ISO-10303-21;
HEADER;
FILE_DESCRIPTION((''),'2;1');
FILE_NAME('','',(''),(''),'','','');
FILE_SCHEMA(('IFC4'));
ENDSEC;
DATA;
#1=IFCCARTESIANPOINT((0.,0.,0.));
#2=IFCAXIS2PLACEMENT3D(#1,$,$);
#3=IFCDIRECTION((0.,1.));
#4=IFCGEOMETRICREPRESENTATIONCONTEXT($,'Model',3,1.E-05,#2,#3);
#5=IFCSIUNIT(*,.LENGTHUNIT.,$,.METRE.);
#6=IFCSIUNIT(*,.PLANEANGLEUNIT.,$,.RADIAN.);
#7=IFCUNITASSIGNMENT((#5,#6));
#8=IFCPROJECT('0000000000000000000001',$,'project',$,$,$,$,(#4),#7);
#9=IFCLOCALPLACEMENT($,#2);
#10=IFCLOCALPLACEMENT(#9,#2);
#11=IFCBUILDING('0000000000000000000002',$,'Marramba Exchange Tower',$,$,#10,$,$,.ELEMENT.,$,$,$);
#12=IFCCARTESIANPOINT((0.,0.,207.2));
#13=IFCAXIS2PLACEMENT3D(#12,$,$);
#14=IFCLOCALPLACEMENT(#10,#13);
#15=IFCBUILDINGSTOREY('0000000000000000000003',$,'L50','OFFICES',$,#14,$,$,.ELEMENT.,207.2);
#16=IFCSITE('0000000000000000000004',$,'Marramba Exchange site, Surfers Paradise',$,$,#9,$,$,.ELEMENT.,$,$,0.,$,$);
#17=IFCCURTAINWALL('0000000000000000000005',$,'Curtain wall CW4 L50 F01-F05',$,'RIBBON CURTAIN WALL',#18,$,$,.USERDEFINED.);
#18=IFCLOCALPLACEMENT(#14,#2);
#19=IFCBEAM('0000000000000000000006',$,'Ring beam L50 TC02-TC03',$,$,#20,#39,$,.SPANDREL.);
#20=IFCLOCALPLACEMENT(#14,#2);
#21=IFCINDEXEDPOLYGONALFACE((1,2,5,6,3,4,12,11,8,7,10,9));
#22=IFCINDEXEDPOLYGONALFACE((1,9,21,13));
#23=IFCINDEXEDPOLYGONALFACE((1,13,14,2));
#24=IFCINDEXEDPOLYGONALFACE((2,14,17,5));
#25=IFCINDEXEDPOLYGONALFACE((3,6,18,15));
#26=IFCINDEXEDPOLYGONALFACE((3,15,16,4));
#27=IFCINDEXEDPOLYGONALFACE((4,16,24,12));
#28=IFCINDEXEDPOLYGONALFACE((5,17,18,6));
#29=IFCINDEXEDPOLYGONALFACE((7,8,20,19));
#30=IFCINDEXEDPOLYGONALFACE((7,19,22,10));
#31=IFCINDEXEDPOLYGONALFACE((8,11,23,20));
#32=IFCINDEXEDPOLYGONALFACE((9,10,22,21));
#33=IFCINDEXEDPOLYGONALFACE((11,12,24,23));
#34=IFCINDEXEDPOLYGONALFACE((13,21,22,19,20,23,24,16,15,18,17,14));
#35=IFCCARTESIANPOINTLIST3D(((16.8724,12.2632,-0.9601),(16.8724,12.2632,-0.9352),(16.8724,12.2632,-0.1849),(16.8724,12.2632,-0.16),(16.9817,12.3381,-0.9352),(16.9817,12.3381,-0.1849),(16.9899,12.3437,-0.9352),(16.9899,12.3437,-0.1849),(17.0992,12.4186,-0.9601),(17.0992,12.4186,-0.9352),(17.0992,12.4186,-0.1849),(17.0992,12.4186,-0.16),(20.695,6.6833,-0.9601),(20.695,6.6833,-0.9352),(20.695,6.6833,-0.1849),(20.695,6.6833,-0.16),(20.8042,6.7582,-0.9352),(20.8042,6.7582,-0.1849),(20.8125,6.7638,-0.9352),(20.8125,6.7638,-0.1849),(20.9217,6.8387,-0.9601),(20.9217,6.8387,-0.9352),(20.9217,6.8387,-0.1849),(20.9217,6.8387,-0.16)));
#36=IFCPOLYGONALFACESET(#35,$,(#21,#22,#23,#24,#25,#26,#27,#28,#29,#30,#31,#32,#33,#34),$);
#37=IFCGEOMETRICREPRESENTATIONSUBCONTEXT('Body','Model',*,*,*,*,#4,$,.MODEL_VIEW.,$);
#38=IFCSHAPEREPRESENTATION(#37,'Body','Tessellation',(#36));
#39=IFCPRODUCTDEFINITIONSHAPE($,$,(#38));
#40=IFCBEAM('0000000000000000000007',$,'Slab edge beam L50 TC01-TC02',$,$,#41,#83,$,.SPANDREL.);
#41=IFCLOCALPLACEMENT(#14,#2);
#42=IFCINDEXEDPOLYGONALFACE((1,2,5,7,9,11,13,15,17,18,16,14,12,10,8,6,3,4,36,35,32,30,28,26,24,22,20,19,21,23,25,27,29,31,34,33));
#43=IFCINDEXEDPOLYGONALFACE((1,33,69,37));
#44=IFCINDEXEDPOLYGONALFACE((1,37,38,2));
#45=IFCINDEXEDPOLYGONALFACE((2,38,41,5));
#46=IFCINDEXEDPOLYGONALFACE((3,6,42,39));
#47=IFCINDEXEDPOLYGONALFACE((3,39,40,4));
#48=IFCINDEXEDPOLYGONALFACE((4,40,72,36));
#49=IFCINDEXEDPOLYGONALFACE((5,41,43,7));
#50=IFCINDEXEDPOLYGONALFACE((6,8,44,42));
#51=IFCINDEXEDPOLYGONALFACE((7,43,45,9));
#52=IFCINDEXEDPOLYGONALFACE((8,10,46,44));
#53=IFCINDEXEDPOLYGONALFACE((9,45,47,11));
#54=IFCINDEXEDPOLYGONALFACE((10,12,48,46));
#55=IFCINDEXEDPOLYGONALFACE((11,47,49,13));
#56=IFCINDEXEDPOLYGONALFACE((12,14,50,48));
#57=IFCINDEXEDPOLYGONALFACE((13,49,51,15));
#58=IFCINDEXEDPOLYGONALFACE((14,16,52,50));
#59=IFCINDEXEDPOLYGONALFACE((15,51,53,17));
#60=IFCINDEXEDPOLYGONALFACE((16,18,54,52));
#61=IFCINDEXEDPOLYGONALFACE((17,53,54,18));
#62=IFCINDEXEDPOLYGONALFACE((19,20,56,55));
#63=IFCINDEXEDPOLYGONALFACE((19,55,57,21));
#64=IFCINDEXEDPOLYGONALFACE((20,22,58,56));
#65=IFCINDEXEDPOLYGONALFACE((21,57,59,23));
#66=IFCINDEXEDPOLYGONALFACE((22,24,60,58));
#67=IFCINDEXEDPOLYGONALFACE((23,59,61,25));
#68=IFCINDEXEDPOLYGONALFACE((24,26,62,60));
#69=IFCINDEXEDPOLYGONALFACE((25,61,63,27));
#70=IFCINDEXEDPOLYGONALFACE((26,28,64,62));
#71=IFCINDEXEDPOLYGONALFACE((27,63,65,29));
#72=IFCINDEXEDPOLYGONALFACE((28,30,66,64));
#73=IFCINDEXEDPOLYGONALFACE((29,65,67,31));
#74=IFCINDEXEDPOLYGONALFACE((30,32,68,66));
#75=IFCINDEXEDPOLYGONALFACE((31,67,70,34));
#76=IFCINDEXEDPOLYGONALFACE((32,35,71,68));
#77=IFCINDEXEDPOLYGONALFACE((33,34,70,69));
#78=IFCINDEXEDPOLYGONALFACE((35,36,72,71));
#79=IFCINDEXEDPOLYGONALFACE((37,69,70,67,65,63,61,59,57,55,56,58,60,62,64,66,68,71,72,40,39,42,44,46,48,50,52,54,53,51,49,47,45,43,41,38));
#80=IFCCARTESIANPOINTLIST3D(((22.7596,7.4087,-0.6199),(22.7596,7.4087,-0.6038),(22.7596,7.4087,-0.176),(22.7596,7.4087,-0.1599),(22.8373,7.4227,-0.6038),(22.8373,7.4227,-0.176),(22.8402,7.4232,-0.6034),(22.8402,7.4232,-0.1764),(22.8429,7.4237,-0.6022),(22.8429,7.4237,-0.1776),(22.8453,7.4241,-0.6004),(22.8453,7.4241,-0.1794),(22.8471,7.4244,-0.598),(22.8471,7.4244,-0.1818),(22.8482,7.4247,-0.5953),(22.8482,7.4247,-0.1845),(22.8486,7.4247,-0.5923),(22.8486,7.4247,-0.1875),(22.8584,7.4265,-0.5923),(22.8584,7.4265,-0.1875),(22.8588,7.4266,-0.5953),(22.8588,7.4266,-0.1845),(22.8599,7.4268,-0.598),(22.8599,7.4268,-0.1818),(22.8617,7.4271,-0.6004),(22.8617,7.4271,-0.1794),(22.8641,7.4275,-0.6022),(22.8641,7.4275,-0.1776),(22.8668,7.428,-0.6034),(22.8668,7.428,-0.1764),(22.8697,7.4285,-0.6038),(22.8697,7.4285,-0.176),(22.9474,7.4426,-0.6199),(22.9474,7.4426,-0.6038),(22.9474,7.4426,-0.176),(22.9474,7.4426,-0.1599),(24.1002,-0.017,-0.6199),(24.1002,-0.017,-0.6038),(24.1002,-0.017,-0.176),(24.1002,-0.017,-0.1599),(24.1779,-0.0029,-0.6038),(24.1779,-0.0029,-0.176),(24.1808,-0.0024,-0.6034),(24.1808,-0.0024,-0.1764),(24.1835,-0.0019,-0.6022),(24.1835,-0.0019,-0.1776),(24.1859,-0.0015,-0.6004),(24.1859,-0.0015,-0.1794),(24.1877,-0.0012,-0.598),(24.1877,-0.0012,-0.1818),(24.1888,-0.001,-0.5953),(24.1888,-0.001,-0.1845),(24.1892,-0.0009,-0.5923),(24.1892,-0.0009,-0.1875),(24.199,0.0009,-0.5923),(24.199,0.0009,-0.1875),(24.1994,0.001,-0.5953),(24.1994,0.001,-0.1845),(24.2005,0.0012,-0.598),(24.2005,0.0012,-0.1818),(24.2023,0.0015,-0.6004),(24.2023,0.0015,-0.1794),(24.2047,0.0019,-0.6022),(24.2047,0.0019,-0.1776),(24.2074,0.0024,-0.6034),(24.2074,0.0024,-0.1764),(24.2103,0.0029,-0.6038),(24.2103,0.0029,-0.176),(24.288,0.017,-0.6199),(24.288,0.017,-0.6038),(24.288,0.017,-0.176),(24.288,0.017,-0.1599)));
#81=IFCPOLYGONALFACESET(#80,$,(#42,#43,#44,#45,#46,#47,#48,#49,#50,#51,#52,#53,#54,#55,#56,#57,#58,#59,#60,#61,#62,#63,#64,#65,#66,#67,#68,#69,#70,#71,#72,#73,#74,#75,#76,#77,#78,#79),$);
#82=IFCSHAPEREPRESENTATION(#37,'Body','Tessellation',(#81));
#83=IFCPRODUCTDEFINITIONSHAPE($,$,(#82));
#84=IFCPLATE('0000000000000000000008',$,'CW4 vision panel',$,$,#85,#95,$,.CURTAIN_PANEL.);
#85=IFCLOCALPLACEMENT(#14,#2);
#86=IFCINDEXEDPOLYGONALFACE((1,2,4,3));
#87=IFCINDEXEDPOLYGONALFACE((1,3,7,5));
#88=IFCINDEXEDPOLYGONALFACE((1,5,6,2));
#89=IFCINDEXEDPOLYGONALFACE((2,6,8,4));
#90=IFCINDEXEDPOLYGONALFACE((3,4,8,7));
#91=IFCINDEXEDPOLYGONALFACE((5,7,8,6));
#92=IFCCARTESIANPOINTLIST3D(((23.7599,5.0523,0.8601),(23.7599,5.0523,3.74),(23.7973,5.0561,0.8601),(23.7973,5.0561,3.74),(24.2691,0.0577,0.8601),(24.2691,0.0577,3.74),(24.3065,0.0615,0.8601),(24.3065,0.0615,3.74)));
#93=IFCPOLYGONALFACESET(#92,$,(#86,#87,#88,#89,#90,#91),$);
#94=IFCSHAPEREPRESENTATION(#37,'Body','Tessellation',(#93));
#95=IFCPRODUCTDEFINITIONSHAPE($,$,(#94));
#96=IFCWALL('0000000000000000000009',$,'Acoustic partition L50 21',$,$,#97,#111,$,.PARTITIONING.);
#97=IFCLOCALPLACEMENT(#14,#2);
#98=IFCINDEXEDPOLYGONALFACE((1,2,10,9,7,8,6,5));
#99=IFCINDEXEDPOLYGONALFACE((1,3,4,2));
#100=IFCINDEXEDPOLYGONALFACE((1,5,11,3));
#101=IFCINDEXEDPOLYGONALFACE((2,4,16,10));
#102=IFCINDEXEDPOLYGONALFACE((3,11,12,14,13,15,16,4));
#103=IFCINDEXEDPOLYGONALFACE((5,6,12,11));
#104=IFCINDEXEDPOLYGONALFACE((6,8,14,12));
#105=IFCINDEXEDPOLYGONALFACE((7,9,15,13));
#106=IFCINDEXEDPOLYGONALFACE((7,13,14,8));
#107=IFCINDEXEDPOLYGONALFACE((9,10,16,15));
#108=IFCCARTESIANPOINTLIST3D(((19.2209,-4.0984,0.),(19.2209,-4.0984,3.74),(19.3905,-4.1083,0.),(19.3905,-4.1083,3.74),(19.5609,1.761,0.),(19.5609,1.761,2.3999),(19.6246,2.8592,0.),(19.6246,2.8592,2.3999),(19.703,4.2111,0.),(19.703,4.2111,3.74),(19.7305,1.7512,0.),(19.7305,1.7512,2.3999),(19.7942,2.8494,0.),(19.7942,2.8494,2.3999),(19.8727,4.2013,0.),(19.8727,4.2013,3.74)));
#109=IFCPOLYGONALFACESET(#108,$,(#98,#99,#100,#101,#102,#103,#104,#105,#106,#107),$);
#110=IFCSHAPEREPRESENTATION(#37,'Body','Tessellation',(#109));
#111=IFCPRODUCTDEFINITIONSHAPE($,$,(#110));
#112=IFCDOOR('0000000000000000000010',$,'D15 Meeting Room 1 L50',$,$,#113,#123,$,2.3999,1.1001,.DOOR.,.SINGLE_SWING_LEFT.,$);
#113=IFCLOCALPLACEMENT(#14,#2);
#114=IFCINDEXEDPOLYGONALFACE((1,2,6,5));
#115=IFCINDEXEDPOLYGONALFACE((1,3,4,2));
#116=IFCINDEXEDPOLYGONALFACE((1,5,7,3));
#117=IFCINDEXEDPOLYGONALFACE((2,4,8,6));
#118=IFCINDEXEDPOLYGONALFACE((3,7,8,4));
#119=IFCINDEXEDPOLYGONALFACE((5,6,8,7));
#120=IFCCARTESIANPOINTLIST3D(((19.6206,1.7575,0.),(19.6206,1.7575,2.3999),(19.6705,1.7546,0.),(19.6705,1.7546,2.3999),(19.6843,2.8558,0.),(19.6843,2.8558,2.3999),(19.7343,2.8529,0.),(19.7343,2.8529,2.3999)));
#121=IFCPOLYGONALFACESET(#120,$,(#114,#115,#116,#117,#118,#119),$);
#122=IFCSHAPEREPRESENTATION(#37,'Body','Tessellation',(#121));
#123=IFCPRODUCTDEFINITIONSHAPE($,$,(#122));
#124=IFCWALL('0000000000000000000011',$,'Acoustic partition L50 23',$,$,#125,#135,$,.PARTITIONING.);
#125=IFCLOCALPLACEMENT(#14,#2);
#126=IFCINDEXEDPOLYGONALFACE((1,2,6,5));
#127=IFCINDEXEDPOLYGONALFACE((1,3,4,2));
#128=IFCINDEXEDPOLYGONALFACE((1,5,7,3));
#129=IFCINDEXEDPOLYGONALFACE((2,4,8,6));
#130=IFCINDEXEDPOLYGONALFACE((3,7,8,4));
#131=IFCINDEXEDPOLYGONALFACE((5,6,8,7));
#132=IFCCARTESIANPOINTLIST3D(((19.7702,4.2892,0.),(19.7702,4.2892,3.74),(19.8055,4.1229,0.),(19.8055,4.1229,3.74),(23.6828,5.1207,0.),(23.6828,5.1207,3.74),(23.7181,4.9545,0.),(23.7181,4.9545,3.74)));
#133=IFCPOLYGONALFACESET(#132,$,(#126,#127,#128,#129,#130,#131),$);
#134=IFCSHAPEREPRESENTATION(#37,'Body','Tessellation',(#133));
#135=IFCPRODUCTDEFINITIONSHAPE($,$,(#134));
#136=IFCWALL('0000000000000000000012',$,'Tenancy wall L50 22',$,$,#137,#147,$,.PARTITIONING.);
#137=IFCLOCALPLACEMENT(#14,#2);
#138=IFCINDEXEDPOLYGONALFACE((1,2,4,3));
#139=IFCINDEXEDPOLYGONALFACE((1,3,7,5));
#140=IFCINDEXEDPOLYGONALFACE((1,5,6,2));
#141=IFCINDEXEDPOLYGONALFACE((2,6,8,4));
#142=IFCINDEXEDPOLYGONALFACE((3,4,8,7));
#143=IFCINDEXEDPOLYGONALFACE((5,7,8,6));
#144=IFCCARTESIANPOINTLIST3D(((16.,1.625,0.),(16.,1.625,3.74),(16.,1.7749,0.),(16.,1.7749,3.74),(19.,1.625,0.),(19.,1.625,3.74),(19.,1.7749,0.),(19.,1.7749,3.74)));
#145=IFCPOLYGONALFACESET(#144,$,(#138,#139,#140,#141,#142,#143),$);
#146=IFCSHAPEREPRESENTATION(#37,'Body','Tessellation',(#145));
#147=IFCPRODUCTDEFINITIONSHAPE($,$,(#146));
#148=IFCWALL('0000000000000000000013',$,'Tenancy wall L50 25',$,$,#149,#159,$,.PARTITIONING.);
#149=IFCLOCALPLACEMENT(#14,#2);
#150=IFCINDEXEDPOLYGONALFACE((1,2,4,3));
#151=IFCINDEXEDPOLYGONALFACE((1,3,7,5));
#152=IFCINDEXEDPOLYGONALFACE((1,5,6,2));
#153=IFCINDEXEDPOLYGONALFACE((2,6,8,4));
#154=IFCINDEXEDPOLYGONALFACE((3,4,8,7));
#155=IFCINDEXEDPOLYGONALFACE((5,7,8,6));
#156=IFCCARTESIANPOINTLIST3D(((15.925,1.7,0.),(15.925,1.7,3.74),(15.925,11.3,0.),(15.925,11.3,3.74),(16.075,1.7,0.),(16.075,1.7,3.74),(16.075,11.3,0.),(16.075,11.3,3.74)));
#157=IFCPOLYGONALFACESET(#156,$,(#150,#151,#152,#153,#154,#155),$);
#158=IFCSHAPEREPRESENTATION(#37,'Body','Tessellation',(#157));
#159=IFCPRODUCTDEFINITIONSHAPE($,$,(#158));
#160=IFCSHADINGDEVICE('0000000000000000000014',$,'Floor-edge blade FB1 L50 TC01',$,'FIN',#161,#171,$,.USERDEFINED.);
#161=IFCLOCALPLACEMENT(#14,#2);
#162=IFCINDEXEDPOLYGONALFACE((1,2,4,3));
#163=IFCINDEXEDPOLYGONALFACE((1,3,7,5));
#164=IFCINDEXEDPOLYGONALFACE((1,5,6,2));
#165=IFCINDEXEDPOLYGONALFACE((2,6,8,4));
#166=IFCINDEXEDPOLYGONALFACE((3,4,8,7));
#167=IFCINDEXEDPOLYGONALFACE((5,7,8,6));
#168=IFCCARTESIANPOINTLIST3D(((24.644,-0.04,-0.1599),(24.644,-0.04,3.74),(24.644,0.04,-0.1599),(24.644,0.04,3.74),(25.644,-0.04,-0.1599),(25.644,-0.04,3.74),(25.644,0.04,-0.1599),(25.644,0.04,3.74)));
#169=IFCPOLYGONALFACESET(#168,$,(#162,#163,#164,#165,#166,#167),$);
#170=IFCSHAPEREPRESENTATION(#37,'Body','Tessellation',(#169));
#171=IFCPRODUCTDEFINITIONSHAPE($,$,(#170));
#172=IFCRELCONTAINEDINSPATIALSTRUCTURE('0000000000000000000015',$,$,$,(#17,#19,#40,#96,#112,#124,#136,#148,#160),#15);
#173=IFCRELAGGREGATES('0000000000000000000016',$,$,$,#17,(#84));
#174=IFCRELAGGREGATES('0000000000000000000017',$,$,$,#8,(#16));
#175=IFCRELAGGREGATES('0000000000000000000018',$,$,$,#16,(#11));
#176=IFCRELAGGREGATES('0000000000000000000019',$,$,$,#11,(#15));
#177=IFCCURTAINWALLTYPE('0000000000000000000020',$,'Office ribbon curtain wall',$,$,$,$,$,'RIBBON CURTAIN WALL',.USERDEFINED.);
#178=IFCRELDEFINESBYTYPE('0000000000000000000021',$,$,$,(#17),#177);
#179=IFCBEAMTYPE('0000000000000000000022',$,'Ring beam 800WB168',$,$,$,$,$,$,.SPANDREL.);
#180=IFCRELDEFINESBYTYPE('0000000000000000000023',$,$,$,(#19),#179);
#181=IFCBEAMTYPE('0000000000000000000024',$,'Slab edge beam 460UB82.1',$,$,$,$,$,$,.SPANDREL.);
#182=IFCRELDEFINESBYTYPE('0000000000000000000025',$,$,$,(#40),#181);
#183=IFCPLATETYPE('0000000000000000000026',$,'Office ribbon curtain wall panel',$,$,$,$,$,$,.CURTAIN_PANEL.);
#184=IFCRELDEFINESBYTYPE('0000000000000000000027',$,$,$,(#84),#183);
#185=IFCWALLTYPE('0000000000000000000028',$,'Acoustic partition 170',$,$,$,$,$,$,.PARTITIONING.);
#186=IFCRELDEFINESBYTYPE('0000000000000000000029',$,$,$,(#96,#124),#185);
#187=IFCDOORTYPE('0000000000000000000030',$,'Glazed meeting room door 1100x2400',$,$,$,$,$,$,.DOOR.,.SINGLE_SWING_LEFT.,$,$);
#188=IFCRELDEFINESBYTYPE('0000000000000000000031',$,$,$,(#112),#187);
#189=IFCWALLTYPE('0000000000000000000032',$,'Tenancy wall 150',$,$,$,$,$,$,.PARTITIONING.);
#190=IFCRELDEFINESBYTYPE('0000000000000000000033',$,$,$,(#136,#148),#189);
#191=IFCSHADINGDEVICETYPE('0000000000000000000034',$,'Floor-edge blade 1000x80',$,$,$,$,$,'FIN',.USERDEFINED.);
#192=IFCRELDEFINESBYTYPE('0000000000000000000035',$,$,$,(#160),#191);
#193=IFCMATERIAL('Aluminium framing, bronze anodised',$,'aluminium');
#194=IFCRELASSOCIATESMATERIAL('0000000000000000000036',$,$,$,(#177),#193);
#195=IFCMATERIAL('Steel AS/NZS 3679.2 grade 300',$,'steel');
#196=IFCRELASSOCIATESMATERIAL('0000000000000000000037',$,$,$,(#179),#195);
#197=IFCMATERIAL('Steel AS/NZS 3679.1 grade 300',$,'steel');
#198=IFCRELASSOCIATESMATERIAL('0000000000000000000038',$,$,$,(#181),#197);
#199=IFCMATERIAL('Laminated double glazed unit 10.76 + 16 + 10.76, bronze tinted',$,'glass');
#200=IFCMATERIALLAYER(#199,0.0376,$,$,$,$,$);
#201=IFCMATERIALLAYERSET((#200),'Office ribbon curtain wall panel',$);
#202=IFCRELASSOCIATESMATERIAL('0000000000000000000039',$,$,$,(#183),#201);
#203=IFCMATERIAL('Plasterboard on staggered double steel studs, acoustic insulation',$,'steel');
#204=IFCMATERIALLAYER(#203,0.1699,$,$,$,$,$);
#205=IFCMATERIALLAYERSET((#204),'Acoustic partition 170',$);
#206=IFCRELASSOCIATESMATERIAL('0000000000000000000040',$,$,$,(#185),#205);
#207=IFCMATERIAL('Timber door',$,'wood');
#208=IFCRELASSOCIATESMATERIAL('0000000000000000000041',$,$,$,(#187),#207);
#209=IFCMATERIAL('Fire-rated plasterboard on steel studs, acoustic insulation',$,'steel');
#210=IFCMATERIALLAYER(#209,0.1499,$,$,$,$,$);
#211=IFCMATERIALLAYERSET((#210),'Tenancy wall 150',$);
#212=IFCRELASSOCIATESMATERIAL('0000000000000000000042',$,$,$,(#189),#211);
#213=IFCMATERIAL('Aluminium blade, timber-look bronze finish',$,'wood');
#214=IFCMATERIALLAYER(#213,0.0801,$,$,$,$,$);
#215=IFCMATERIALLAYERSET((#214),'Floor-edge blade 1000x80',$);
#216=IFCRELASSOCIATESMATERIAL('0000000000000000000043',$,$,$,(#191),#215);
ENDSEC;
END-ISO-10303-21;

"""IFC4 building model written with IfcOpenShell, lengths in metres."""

from ifc_helpers import new_model, si_unit, direction, frame, frame_2d, origin, origin_2d, place, context, subcontext, project, spatial, rectangle, i_section, extrude, material, layer, layer_set, material_profile, profile_set, type_object, element, fill, aggregate, save


model = new_model("IFC4")

# Units and contexts
model_context = context("Model", 3, precision=1e-05, world=origin(), true_north=direction((0.0, 1.0)))
body_context = subcontext(model_context, "Body", "Model", "MODEL_VIEW")
ifc_project = project(units=[si_unit("LENGTHUNIT", "METRE"), si_unit("PLANEANGLEUNIT", "RADIAN")], contexts=[model_context])

# Site, building, storey
site_placement = place(None, origin())
site = spatial("IfcSite", under=ifc_project, at=site_placement, Name="Marramba Exchange site, Surfers Paradise", CompositionType="ELEMENT", RefElevation=0.0)
building_placement = place(site_placement, origin())
building = spatial("IfcBuilding", under=site, at=building_placement, Name="Marramba Exchange Tower", CompositionType="ELEMENT")
storey_placement = place(building_placement, frame((0.0, 0.0, 207.2)))
storey = spatial("IfcBuildingStorey", under=building, at=storey_placement, Name="L50", Description="OFFICES", CompositionType="ELEMENT", Elevation=207.2)

# Shared definitions
ifc_material_1 = material(Name="Steel AS/NZS 3679.2 grade 300", Category="steel")
ifc_material_2 = material(Name="Steel AS/NZS 3679.1 grade 300", Category="steel")

# Curtain wall
ifc_material_3 = material(Name="Aluminium framing, bronze anodised", Category="aluminium")
curtain_wall_type = type_object("IfcCurtainWallType", Name="Office ribbon curtain wall", ElementType="RIBBON CURTAIN WALL", PredefinedType="USERDEFINED", material=ifc_material_3)
curtain_wall_placement = place(storey_placement, origin())
curtain_wall = element("IfcCurtainWall", 1, at=curtain_wall_placement, inside=storey, type_object=curtain_wall_type, Name="Curtain wall CW4 L50 F01-F05", ObjectType="RIBBON CURTAIN WALL", PredefinedType="USERDEFINED")

# Beams
ifc_material_profile_1 = material_profile(ifc_material_1, i_section(OverallWidth=0.2749, OverallDepth=0.8, WebThickness=0.01, FlangeThickness=0.0249, at=origin_2d()), Name="800WB168")
ifc_profile_set_1 = profile_set([ifc_material_profile_1], Name="Steel AS/NZS 3679.2 grade 300")
beam_type_1 = type_object("IfcBeamType", Name="Ring beam 800WB168", PredefinedType="SPANDREL", material=ifc_profile_set_1)
beam_1_placement = place(storey_placement, frame((20.8083, 6.761, -0.5601), z_axis=(-0.56516, 0.824981, 0.0), x_axis=(-0.824981, -0.56516, 0.0)))
element("IfcBeam", 2, at=beam_1_placement, inside=storey, type_object=beam_type_1, Name="Ring beam L50 TC02-TC03", PredefinedType="SPANDREL", context=body_context, shape_type="SweptSolid", body=[
    extrude(i_section(OverallWidth=0.2749, OverallDepth=0.8, WebThickness=0.01, FlangeThickness=0.0249, at=origin_2d()), origin(), (0.0, 0.0, 1.0), 6.7637),
])
ifc_material_profile_2 = material_profile(ifc_material_2, i_section(OverallWidth=0.1909, OverallDepth=0.46, WebThickness=0.01, FlangeThickness=0.0161, FilletRadius=0.0115, at=origin_2d()), Name="460UB82.1")
ifc_profile_set_2 = profile_set([ifc_material_profile_2], Name="Steel AS/NZS 3679.1 grade 300")
beam_type_2 = type_object("IfcBeamType", Name="Slab edge beam 460UB82.1", PredefinedType="SPANDREL", material=ifc_profile_set_2)
beam_2_placement = place(storey_placement, frame((24.1941, 0.0, -0.3899), z_axis=(-0.177664, 0.984091, 0.0), x_axis=(-0.984091, -0.177664, 0.0)))
element("IfcBeam", 3, at=beam_2_placement, inside=storey, type_object=beam_type_2, Name="Slab edge beam L50 TC01-TC02", PredefinedType="SPANDREL", context=body_context, shape_type="SweptSolid", body=[
    extrude(i_section(OverallWidth=0.1909, OverallDepth=0.46, WebThickness=0.01, FlangeThickness=0.0161, FilletRadius=0.0115, at=origin_2d()), origin(), (0.0, 0.0, 1.0), 7.5457),
])

# Plate
ifc_material_4 = material(Name="Laminated double glazed unit 10.76 + 16 + 10.76, bronze tinted", Category="glass")
ifc_layer_1 = layer(ifc_material_4, 0.0376)
ifc_layer_set_1 = layer_set([ifc_layer_1], Name="Office ribbon curtain wall panel")
plate_type = type_object("IfcPlateType", Name="Office ribbon curtain wall panel", PredefinedType="CURTAIN_PANEL", material=ifc_layer_set_1)
plate_placement = place(storey_placement, frame((24.0332, 2.5569, 0.8601), z_axis=(0.0, 0.0, 1.0), x_axis=(-0.101422, 0.994843, 0.0)))
plate = element("IfcPlate", 4, at=plate_placement, type_object=plate_type, Name="CW4 vision panel", PredefinedType="CURTAIN_PANEL", context=body_context, shape_type="SweptSolid", body=[
    extrude(rectangle(XDim=5.0205, YDim=0.0376, at=origin_2d()), origin(), (0.0, 0.0, 1.0), 2.8799),
])
aggregate(curtain_wall, [plate])

# Wall, opening, door
ifc_material_5 = material(Name="Plasterboard on staggered double steel studs, acoustic insulation", Category="steel")
ifc_layer_2 = layer(ifc_material_5, 0.1699)
ifc_layer_set_2 = layer_set([ifc_layer_2], Name="Acoustic partition 170")
wall_type_1 = type_object("IfcWallType", Name="Acoustic partition 170", PredefinedType="PARTITIONING", material=ifc_layer_set_2)
wall_1_placement = place(storey_placement, frame((19.7878, 4.2061, 0.0), z_axis=(0.0, 0.0, 1.0), x_axis=(-0.057929, -0.998321, 0.0)))
wall_1 = element("IfcWall", 5, at=wall_1_placement, inside=storey, type_object=wall_type_1, Name="Acoustic partition L50 21", PredefinedType="PARTITIONING", context=body_context, shape_type="SweptSolid", body=[
    extrude(rectangle(XDim=8.3235, YDim=0.1699, at=frame_2d((4.1616, 0.0))), origin(), (0.0, 0.0, 1.0), 3.74),
])
opening_placement = place(wall_1_placement, frame((1.354, 0.0, 0.0)))
opening = element("IfcOpeningElement", 6, at=opening_placement, cuts=wall_1, PredefinedType="OPENING", context=body_context, shape_type="SweptSolid", body=[
    extrude(rectangle(XDim=1.1001, YDim=2.3999, at=frame_2d((0.55, 1.2))), frame((0.0, 0.095, 0.0), z_axis=(0.0, -1.0, 0.0), x_axis=(1.0, 0.0, 0.0)), (0.0, 0.0, 1.0), 0.1899),
])
ifc_material_6 = material(Name="Timber door", Category="wood")
door_type = type_object("IfcDoorType", Name="Glazed meeting room door 1100x2400", OperationType="SINGLE_SWING_LEFT", PredefinedType="DOOR", material=ifc_material_6)
door_placement = place(opening_placement, origin())
door = element("IfcDoor", 7, at=door_placement, inside=storey, type_object=door_type, Name="D15 Meeting Room 1 L50", OperationType="SINGLE_SWING_LEFT", OverallHeight=2.3999, OverallWidth=1.1001, PredefinedType="DOOR", context=body_context, shape_type="SweptSolid", body=[
    extrude(rectangle(XDim=1.1001, YDim=2.3999, at=frame_2d((0.55, 1.2))), frame((0.0, 0.0249, 0.0), z_axis=(0.0, -1.0, 0.0), x_axis=(1.0, 0.0, 0.0)), (0.0, 0.0, 1.0), 0.05),
])
fill(opening, door)

# Walls
wall_2_placement = place(storey_placement, frame((23.7004, 5.0376, 0.0), z_axis=(0.0, 0.0, 1.0), x_axis=(-0.978153, -0.207886, 0.0)))
element("IfcWall", 8, at=wall_2_placement, inside=storey, type_object=wall_type_1, Name="Acoustic partition L50 23", PredefinedType="PARTITIONING", context=body_context, shape_type="SweptSolid", body=[
    extrude(rectangle(XDim=4.0, YDim=0.1699, at=frame_2d((2.0, 0.0))), origin(), (0.0, 0.0, 1.0), 3.74),
])
ifc_material_7 = material(Name="Fire-rated plasterboard on steel studs, acoustic insulation", Category="steel")
ifc_layer_3 = layer(ifc_material_7, 0.1499)
ifc_layer_set_3 = layer_set([ifc_layer_3], Name="Tenancy wall 150")
wall_type_2 = type_object("IfcWallType", Name="Tenancy wall 150", PredefinedType="PARTITIONING", material=ifc_layer_set_3)
wall_3_placement = place(storey_placement, frame((19.0, 1.7, 0.0), z_axis=(0.0, 0.0, 1.0), x_axis=(-1.0, 0.0, 0.0)))
element("IfcWall", 9, at=wall_3_placement, inside=storey, type_object=wall_type_2, Name="Tenancy wall L50 22", PredefinedType="PARTITIONING", context=body_context, shape_type="SweptSolid", body=[
    extrude(rectangle(XDim=3.0, YDim=0.1499, at=frame_2d((1.5, 0.0))), origin(), (0.0, 0.0, 1.0), 3.74),
])
wall_4_placement = place(storey_placement, frame((16.0, 1.7, 0.0), z_axis=(0.0, 0.0, 1.0), x_axis=(0.0, 1.0, 0.0)))
element("IfcWall", 10, at=wall_4_placement, inside=storey, type_object=wall_type_2, Name="Tenancy wall L50 25", PredefinedType="PARTITIONING", context=body_context, shape_type="SweptSolid", body=[
    extrude(rectangle(XDim=9.6001, YDim=0.1499, at=frame_2d((4.8, 0.0))), origin(), (0.0, 0.0, 1.0), 3.74),
])

# Shading device
ifc_material_8 = material(Name="Aluminium blade, timber-look bronze finish", Category="wood")
ifc_layer_4 = layer(ifc_material_8, 0.0801)
ifc_layer_set_4 = layer_set([ifc_layer_4], Name="Floor-edge blade 1000x80")
shading_device_type_1 = type_object("IfcShadingDeviceType", Name="Floor-edge blade 1000x80", ElementType="FIN", PredefinedType="USERDEFINED", material=ifc_layer_set_4)
shading_device_1_placement = place(storey_placement, frame((25.144, 0.0, -0.1599), z_axis=(0.0, 0.0, 1.0), x_axis=(1.0, 0.0, 0.0)))
element("IfcShadingDevice", 11, at=shading_device_1_placement, inside=storey, type_object=shading_device_type_1, Name="Floor-edge blade FB1 L50 TC01", ObjectType="FIN", PredefinedType="USERDEFINED", context=body_context, shape_type="SweptSolid", body=[
    extrude(rectangle(XDim=1.0, YDim=0.0801, at=origin_2d()), origin(), (0.0, 0.0, 1.0), 3.8999),
])

save(model, "model.ifc")
